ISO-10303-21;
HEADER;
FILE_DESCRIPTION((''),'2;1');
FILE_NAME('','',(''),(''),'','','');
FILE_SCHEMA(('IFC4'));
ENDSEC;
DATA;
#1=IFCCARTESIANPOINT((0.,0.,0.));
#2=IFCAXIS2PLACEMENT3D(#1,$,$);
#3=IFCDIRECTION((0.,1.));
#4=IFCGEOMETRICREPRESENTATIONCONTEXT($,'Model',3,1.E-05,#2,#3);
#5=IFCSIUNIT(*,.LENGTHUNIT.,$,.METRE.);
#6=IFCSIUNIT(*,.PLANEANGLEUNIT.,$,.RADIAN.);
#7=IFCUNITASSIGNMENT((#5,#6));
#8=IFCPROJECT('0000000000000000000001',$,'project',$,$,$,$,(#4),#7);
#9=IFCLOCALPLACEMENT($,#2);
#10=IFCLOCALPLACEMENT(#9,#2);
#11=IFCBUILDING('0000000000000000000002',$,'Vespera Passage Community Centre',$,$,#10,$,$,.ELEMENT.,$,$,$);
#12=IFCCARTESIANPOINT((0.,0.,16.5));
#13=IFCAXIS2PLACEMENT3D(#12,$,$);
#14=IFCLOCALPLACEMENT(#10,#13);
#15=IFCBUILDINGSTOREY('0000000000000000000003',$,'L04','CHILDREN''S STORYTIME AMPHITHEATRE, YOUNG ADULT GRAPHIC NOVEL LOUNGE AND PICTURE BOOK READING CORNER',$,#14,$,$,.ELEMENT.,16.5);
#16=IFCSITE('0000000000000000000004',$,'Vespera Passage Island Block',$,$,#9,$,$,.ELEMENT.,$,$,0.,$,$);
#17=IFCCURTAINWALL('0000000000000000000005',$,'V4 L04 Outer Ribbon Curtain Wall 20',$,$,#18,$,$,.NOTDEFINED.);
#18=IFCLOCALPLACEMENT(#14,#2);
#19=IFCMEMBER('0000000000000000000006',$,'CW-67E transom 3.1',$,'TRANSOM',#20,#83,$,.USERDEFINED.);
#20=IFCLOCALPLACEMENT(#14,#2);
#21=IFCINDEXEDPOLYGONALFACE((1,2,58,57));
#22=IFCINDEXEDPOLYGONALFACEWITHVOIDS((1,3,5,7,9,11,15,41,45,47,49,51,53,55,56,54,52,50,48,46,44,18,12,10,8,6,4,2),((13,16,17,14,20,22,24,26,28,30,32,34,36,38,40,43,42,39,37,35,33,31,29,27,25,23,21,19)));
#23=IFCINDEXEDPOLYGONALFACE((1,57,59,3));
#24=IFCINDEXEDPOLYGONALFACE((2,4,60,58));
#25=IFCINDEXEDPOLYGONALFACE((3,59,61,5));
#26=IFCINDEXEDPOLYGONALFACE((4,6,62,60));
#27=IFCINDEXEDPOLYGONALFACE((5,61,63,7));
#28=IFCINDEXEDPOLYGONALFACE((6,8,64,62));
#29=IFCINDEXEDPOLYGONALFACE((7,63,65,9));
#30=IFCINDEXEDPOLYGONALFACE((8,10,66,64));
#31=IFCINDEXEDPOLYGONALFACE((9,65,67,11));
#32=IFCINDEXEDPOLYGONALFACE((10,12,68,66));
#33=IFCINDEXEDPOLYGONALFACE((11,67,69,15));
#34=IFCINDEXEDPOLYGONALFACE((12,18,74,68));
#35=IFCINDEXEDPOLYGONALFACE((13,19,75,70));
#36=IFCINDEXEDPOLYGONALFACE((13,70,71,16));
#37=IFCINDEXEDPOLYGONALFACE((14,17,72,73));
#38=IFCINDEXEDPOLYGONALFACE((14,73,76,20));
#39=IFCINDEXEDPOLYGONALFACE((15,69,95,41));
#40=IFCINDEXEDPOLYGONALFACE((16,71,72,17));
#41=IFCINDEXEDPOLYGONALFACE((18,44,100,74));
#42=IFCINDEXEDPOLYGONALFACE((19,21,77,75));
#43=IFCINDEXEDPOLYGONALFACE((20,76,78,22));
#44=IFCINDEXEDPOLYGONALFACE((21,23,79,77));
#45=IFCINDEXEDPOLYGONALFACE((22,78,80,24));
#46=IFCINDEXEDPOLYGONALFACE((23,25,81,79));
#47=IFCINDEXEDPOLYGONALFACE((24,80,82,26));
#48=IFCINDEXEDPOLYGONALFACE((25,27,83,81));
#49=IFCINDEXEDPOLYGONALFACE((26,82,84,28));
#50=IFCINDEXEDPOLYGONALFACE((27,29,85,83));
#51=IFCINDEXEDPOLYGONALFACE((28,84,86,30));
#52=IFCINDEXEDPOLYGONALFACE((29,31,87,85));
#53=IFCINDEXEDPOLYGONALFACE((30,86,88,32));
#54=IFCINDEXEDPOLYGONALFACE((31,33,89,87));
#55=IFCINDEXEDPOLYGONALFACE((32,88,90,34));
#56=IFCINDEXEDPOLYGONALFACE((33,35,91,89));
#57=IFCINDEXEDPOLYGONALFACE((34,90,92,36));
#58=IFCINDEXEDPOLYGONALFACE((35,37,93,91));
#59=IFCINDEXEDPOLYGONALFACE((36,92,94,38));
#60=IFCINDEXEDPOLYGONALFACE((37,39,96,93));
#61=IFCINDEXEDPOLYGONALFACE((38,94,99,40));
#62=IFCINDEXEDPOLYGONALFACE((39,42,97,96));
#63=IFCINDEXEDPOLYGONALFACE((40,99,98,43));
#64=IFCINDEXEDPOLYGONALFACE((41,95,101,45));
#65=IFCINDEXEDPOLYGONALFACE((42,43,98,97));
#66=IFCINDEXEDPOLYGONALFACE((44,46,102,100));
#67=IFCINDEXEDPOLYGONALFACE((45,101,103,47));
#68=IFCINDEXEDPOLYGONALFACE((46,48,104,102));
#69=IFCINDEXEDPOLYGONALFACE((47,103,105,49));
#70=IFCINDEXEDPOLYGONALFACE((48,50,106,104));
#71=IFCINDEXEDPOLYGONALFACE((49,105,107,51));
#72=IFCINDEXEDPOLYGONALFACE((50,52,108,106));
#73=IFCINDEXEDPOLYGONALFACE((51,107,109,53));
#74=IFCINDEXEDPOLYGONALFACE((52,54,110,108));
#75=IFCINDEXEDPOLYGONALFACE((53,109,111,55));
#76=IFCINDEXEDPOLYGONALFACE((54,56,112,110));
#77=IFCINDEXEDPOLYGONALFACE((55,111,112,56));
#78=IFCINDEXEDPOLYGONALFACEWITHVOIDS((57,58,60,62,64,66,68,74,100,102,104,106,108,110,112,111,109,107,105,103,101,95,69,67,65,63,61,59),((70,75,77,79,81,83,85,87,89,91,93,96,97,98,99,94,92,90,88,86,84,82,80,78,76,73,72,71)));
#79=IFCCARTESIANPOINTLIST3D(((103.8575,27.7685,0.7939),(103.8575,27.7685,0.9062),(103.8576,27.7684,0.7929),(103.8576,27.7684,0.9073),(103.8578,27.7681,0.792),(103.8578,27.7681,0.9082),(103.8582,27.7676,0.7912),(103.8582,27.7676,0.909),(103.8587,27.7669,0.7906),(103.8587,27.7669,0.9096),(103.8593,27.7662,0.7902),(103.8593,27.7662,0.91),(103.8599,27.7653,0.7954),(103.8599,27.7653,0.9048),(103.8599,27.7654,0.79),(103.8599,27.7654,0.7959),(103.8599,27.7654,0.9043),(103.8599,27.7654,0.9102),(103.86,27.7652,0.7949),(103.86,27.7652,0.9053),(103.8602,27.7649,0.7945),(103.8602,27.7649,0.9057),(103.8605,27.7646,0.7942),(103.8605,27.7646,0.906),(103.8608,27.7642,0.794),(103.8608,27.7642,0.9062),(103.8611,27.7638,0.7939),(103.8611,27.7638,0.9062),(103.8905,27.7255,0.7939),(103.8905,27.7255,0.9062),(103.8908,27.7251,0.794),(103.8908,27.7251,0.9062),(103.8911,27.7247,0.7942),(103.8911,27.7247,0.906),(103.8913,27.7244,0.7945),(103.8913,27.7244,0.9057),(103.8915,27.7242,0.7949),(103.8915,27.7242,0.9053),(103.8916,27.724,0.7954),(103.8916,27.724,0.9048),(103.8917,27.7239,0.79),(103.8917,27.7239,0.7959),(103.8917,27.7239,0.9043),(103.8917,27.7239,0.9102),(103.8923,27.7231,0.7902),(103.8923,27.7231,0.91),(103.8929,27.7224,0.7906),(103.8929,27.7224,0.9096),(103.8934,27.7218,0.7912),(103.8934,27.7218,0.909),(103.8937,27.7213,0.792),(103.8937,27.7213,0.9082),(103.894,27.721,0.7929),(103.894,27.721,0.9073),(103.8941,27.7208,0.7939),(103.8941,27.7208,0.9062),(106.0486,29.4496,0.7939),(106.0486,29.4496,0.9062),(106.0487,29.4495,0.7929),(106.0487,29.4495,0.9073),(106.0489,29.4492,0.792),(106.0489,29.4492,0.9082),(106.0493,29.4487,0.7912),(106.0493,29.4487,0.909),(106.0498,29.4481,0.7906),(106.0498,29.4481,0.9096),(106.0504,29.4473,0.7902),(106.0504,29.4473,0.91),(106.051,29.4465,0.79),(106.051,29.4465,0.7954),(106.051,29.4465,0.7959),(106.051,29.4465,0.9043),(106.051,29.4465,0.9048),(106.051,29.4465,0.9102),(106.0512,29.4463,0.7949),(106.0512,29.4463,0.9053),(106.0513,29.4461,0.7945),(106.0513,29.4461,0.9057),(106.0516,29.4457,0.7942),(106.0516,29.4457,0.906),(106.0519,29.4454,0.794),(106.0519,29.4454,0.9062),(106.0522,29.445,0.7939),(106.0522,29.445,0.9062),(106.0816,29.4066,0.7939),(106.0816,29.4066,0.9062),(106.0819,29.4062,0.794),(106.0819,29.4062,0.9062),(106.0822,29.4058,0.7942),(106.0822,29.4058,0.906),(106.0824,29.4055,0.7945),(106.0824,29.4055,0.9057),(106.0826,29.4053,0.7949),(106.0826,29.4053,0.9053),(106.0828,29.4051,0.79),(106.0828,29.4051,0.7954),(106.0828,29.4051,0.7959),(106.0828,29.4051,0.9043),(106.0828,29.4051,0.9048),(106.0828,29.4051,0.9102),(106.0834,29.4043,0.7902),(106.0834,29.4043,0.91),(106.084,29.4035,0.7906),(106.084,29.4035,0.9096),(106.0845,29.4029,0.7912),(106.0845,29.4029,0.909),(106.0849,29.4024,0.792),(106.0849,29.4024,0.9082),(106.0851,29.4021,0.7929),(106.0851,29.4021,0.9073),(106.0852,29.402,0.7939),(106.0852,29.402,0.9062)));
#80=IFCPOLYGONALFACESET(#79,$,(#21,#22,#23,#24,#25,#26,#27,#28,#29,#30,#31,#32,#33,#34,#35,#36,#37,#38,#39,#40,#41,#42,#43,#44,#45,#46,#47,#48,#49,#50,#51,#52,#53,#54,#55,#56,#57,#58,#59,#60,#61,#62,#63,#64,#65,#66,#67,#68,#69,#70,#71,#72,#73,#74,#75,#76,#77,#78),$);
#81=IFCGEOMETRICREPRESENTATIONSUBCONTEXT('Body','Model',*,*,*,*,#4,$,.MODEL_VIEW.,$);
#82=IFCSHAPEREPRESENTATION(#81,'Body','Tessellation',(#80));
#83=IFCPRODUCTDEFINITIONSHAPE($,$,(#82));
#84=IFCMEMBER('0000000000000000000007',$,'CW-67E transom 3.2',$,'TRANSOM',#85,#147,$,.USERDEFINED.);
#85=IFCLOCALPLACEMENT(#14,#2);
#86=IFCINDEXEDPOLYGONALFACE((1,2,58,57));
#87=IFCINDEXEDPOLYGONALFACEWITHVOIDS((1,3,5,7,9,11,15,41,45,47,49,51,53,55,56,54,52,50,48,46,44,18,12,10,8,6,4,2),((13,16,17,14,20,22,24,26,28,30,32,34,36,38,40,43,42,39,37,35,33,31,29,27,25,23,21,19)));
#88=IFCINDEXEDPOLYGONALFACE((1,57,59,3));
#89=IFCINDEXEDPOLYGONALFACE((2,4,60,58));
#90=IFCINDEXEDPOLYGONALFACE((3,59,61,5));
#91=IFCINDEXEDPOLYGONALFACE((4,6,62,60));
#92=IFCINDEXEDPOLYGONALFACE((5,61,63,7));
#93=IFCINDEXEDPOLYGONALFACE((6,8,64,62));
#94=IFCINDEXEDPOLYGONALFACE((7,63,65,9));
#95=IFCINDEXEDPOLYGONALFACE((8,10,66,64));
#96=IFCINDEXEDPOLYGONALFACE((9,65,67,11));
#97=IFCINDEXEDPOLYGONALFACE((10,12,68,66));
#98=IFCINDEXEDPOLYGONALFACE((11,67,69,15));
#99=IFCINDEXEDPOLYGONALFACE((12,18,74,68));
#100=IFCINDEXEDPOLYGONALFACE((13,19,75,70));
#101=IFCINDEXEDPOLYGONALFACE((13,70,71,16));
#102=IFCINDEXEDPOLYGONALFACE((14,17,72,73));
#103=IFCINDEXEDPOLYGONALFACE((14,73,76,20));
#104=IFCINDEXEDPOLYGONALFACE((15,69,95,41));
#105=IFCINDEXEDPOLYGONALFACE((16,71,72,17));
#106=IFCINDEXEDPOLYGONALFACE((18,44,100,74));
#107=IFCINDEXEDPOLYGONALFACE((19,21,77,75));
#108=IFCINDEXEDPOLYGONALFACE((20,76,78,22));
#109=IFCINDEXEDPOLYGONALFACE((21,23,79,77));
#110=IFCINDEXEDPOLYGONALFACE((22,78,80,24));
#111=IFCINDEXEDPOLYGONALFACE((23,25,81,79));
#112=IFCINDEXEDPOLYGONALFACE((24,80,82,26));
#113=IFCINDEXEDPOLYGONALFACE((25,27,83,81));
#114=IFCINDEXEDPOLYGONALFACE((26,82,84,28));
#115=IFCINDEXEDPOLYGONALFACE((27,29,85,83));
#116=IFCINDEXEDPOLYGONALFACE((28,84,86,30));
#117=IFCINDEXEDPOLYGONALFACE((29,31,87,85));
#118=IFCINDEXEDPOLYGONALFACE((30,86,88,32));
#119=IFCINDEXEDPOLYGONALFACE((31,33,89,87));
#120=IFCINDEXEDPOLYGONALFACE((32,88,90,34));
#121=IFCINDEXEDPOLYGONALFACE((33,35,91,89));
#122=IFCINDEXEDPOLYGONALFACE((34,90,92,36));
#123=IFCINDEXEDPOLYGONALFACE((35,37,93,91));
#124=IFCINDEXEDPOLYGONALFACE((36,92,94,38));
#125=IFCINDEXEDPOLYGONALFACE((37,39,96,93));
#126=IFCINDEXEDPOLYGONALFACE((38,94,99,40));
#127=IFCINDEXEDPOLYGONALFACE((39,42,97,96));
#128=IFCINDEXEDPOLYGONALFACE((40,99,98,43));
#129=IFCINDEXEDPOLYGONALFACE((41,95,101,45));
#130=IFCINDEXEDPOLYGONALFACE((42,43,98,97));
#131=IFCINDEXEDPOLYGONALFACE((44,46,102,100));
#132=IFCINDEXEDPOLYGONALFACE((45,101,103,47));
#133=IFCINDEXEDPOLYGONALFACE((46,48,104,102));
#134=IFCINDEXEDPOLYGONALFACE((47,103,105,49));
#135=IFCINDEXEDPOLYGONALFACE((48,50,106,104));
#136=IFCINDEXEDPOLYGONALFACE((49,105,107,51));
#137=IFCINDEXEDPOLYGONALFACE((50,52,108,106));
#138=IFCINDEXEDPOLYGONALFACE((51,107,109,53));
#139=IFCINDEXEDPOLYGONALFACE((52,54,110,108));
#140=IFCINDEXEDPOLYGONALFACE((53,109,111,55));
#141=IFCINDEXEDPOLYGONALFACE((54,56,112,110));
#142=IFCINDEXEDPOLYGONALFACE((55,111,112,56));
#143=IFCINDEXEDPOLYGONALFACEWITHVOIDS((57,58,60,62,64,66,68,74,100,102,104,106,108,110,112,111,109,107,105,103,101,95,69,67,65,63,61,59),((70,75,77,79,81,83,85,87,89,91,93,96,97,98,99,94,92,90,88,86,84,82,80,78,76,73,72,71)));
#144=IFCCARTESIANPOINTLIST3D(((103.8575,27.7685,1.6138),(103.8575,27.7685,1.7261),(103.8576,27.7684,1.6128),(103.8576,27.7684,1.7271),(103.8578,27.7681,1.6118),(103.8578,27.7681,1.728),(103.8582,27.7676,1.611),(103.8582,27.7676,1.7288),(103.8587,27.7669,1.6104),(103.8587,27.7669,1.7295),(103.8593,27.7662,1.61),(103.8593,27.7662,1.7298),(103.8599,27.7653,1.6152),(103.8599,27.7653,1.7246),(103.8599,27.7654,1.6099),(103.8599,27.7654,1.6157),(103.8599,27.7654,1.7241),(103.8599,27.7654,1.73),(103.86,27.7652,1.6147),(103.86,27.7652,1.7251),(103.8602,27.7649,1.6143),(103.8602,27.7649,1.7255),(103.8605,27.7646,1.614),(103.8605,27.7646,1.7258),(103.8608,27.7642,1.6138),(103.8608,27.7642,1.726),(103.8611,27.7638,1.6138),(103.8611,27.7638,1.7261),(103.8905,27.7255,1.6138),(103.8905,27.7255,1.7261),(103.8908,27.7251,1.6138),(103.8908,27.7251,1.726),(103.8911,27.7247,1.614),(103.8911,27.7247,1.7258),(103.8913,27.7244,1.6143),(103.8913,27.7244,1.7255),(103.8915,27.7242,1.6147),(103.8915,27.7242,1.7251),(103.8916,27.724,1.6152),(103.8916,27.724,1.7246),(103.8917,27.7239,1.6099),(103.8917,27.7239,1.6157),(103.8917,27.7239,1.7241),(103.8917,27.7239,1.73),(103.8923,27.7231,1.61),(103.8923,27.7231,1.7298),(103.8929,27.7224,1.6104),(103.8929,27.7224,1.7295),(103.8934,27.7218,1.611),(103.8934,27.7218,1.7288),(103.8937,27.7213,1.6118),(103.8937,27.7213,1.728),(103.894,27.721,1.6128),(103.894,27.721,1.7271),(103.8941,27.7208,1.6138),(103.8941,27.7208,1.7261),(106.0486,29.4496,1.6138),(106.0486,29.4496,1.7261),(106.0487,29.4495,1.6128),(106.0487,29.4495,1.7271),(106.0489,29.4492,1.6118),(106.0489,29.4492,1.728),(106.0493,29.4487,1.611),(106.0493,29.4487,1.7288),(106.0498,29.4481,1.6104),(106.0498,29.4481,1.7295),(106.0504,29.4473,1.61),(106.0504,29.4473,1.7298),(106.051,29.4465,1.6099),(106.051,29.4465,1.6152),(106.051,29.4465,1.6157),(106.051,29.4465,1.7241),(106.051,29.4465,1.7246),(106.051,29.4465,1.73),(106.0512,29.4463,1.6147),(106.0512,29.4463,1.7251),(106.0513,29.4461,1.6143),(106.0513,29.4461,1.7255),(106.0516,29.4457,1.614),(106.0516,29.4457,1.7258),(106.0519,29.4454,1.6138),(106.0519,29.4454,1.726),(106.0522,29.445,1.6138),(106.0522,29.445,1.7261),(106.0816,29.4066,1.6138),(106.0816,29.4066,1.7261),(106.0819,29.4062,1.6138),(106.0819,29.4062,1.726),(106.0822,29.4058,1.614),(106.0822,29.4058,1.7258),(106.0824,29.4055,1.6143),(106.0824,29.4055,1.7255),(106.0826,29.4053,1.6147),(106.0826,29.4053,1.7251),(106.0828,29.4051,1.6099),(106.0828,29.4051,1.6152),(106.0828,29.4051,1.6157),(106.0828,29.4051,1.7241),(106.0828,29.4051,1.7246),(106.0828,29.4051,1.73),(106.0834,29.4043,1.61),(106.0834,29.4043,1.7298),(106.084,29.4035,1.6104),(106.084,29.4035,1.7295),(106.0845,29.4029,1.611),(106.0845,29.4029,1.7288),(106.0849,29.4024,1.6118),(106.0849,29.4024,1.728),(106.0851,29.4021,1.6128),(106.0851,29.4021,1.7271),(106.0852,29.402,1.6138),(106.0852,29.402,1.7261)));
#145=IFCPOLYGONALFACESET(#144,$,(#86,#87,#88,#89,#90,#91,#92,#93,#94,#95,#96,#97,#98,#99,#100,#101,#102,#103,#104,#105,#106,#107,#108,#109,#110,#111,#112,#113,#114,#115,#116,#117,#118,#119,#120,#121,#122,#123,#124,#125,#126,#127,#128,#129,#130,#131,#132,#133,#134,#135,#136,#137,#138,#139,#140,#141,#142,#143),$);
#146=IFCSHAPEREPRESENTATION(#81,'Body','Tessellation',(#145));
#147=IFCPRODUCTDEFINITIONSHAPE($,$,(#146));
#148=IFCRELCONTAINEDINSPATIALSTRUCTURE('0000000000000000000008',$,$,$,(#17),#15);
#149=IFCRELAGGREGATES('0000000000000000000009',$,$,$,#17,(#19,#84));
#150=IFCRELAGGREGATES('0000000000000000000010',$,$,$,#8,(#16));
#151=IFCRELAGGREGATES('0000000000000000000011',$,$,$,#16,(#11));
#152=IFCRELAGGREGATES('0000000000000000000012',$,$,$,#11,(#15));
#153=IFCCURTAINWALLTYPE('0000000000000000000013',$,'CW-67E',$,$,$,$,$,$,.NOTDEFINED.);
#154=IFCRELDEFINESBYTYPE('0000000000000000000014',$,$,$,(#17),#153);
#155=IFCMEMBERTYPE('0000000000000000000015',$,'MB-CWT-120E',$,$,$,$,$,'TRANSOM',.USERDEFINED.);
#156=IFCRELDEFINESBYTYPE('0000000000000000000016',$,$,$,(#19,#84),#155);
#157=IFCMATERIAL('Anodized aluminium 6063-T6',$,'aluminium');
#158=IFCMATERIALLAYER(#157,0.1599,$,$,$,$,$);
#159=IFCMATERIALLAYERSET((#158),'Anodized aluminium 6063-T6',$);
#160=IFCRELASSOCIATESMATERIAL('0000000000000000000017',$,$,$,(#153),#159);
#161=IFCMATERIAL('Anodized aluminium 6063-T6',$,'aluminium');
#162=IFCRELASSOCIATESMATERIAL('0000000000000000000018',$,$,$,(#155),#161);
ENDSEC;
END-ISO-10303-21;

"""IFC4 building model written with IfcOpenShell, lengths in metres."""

from ifc_helpers import new_model, si_unit, direction, frame, origin, origin_2d, place, context, subcontext, project, spatial, hollow_rectangle, extrude, material, layer, layer_set, material_profile, profile_set, type_object, element, aggregate, save


model = new_model("IFC4")

# Units and contexts
model_context = context("Model", 3, precision=1e-05, world=origin(), true_north=direction((0.0, 1.0)))
body_context = subcontext(model_context, "Body", "Model", "MODEL_VIEW")
ifc_project = project(units=[si_unit("LENGTHUNIT", "METRE"), si_unit("PLANEANGLEUNIT", "RADIAN")], contexts=[model_context])

# Site, building, storey
site_placement = place(None, origin())
site = spatial("IfcSite", under=ifc_project, at=site_placement, Name="Vespera Passage Island Block", CompositionType="ELEMENT", RefElevation=0.0)
building_placement = place(site_placement, origin())
building = spatial("IfcBuilding", under=site, at=building_placement, Name="Vespera Passage Community Centre", CompositionType="ELEMENT")
storey_placement = place(building_placement, frame((0.0, 0.0, 16.5)))
storey = spatial("IfcBuildingStorey", under=building, at=storey_placement, Name="L04", Description="CHILDREN'S STORYTIME AMPHITHEATRE, YOUNG ADULT GRAPHIC NOVEL LOUNGE AND PICTURE BOOK READING CORNER", CompositionType="ELEMENT", Elevation=16.5)

# Curtain wall
ifc_material_1 = material(Name="Anodized aluminium 6063-T6", Category="aluminium")
ifc_layer_1 = layer(ifc_material_1, 0.1599)
ifc_layer_set_1 = layer_set([ifc_layer_1], Name="Anodized aluminium 6063-T6")
curtain_wall_type_1 = type_object("IfcCurtainWallType", Name="CW-67E", PredefinedType="NOTDEFINED", material=ifc_layer_set_1)
curtain_wall_1_placement = place(storey_placement, origin())
curtain_wall_1 = element("IfcCurtainWall", 1, at=curtain_wall_1_placement, inside=storey, type_object=curtain_wall_type_1, Name="V4 L04 Outer Ribbon Curtain Wall 20", PredefinedType="NOTDEFINED")

# Members
ifc_material_2 = material(Name="Anodized aluminium 6063-T6", Category="aluminium")
ifc_material_profile_1 = material_profile(ifc_material_2, hollow_rectangle(XDim=0.0601, YDim=0.1201, WallThickness=0.0039, InnerFilletRadius=0.002, OuterFilletRadius=0.0039, at=origin_2d()), Name="ALU120X60X4")
ifc_profile_set_1 = profile_set([ifc_material_profile_1], Name="Anodized aluminium 6063-T6")
member_type_1 = type_object("IfcMemberType", Name="MB-CWT-120E", ElementType="TRANSOM", PredefinedType="USERDEFINED", material=ifc_profile_set_1)
member_1_placement = place(storey_placement, frame((106.0669, 29.4258, 0.8501), z_axis=(-0.793386, -0.608719, 0.0), x_axis=(0.608719, -0.793386, 0.0)))
member_1 = element("IfcMember", 2, at=member_1_placement, type_object=member_type_1, Name="CW-67E transom 3.1", ObjectType="TRANSOM", PredefinedType="USERDEFINED", context=body_context, shape_type="SweptSolid", body=[
    extrude(hollow_rectangle(XDim=0.0601, YDim=0.1201, WallThickness=0.0039, InnerFilletRadius=0.002, OuterFilletRadius=0.0039, at=origin_2d()), origin(), (0.0, 0.0, 1.0), 2.7617),
])
member_2_placement = place(storey_placement, frame((106.0669, 29.4258, 1.6699), z_axis=(-0.793386, -0.608719, 0.0), x_axis=(0.608719, -0.793386, 0.0)))
member_2 = element("IfcMember", 3, at=member_2_placement, type_object=member_type_1, Name="CW-67E transom 3.2", ObjectType="TRANSOM", PredefinedType="USERDEFINED", context=body_context, shape_type="SweptSolid", body=[
    extrude(hollow_rectangle(XDim=0.0601, YDim=0.1201, WallThickness=0.0039, InnerFilletRadius=0.002, OuterFilletRadius=0.0039, at=origin_2d()), origin(), (0.0, 0.0, 1.0), 2.7617),
])

aggregate(curtain_wall_1, [member_1, member_2])

save(model, "model.ifc")
